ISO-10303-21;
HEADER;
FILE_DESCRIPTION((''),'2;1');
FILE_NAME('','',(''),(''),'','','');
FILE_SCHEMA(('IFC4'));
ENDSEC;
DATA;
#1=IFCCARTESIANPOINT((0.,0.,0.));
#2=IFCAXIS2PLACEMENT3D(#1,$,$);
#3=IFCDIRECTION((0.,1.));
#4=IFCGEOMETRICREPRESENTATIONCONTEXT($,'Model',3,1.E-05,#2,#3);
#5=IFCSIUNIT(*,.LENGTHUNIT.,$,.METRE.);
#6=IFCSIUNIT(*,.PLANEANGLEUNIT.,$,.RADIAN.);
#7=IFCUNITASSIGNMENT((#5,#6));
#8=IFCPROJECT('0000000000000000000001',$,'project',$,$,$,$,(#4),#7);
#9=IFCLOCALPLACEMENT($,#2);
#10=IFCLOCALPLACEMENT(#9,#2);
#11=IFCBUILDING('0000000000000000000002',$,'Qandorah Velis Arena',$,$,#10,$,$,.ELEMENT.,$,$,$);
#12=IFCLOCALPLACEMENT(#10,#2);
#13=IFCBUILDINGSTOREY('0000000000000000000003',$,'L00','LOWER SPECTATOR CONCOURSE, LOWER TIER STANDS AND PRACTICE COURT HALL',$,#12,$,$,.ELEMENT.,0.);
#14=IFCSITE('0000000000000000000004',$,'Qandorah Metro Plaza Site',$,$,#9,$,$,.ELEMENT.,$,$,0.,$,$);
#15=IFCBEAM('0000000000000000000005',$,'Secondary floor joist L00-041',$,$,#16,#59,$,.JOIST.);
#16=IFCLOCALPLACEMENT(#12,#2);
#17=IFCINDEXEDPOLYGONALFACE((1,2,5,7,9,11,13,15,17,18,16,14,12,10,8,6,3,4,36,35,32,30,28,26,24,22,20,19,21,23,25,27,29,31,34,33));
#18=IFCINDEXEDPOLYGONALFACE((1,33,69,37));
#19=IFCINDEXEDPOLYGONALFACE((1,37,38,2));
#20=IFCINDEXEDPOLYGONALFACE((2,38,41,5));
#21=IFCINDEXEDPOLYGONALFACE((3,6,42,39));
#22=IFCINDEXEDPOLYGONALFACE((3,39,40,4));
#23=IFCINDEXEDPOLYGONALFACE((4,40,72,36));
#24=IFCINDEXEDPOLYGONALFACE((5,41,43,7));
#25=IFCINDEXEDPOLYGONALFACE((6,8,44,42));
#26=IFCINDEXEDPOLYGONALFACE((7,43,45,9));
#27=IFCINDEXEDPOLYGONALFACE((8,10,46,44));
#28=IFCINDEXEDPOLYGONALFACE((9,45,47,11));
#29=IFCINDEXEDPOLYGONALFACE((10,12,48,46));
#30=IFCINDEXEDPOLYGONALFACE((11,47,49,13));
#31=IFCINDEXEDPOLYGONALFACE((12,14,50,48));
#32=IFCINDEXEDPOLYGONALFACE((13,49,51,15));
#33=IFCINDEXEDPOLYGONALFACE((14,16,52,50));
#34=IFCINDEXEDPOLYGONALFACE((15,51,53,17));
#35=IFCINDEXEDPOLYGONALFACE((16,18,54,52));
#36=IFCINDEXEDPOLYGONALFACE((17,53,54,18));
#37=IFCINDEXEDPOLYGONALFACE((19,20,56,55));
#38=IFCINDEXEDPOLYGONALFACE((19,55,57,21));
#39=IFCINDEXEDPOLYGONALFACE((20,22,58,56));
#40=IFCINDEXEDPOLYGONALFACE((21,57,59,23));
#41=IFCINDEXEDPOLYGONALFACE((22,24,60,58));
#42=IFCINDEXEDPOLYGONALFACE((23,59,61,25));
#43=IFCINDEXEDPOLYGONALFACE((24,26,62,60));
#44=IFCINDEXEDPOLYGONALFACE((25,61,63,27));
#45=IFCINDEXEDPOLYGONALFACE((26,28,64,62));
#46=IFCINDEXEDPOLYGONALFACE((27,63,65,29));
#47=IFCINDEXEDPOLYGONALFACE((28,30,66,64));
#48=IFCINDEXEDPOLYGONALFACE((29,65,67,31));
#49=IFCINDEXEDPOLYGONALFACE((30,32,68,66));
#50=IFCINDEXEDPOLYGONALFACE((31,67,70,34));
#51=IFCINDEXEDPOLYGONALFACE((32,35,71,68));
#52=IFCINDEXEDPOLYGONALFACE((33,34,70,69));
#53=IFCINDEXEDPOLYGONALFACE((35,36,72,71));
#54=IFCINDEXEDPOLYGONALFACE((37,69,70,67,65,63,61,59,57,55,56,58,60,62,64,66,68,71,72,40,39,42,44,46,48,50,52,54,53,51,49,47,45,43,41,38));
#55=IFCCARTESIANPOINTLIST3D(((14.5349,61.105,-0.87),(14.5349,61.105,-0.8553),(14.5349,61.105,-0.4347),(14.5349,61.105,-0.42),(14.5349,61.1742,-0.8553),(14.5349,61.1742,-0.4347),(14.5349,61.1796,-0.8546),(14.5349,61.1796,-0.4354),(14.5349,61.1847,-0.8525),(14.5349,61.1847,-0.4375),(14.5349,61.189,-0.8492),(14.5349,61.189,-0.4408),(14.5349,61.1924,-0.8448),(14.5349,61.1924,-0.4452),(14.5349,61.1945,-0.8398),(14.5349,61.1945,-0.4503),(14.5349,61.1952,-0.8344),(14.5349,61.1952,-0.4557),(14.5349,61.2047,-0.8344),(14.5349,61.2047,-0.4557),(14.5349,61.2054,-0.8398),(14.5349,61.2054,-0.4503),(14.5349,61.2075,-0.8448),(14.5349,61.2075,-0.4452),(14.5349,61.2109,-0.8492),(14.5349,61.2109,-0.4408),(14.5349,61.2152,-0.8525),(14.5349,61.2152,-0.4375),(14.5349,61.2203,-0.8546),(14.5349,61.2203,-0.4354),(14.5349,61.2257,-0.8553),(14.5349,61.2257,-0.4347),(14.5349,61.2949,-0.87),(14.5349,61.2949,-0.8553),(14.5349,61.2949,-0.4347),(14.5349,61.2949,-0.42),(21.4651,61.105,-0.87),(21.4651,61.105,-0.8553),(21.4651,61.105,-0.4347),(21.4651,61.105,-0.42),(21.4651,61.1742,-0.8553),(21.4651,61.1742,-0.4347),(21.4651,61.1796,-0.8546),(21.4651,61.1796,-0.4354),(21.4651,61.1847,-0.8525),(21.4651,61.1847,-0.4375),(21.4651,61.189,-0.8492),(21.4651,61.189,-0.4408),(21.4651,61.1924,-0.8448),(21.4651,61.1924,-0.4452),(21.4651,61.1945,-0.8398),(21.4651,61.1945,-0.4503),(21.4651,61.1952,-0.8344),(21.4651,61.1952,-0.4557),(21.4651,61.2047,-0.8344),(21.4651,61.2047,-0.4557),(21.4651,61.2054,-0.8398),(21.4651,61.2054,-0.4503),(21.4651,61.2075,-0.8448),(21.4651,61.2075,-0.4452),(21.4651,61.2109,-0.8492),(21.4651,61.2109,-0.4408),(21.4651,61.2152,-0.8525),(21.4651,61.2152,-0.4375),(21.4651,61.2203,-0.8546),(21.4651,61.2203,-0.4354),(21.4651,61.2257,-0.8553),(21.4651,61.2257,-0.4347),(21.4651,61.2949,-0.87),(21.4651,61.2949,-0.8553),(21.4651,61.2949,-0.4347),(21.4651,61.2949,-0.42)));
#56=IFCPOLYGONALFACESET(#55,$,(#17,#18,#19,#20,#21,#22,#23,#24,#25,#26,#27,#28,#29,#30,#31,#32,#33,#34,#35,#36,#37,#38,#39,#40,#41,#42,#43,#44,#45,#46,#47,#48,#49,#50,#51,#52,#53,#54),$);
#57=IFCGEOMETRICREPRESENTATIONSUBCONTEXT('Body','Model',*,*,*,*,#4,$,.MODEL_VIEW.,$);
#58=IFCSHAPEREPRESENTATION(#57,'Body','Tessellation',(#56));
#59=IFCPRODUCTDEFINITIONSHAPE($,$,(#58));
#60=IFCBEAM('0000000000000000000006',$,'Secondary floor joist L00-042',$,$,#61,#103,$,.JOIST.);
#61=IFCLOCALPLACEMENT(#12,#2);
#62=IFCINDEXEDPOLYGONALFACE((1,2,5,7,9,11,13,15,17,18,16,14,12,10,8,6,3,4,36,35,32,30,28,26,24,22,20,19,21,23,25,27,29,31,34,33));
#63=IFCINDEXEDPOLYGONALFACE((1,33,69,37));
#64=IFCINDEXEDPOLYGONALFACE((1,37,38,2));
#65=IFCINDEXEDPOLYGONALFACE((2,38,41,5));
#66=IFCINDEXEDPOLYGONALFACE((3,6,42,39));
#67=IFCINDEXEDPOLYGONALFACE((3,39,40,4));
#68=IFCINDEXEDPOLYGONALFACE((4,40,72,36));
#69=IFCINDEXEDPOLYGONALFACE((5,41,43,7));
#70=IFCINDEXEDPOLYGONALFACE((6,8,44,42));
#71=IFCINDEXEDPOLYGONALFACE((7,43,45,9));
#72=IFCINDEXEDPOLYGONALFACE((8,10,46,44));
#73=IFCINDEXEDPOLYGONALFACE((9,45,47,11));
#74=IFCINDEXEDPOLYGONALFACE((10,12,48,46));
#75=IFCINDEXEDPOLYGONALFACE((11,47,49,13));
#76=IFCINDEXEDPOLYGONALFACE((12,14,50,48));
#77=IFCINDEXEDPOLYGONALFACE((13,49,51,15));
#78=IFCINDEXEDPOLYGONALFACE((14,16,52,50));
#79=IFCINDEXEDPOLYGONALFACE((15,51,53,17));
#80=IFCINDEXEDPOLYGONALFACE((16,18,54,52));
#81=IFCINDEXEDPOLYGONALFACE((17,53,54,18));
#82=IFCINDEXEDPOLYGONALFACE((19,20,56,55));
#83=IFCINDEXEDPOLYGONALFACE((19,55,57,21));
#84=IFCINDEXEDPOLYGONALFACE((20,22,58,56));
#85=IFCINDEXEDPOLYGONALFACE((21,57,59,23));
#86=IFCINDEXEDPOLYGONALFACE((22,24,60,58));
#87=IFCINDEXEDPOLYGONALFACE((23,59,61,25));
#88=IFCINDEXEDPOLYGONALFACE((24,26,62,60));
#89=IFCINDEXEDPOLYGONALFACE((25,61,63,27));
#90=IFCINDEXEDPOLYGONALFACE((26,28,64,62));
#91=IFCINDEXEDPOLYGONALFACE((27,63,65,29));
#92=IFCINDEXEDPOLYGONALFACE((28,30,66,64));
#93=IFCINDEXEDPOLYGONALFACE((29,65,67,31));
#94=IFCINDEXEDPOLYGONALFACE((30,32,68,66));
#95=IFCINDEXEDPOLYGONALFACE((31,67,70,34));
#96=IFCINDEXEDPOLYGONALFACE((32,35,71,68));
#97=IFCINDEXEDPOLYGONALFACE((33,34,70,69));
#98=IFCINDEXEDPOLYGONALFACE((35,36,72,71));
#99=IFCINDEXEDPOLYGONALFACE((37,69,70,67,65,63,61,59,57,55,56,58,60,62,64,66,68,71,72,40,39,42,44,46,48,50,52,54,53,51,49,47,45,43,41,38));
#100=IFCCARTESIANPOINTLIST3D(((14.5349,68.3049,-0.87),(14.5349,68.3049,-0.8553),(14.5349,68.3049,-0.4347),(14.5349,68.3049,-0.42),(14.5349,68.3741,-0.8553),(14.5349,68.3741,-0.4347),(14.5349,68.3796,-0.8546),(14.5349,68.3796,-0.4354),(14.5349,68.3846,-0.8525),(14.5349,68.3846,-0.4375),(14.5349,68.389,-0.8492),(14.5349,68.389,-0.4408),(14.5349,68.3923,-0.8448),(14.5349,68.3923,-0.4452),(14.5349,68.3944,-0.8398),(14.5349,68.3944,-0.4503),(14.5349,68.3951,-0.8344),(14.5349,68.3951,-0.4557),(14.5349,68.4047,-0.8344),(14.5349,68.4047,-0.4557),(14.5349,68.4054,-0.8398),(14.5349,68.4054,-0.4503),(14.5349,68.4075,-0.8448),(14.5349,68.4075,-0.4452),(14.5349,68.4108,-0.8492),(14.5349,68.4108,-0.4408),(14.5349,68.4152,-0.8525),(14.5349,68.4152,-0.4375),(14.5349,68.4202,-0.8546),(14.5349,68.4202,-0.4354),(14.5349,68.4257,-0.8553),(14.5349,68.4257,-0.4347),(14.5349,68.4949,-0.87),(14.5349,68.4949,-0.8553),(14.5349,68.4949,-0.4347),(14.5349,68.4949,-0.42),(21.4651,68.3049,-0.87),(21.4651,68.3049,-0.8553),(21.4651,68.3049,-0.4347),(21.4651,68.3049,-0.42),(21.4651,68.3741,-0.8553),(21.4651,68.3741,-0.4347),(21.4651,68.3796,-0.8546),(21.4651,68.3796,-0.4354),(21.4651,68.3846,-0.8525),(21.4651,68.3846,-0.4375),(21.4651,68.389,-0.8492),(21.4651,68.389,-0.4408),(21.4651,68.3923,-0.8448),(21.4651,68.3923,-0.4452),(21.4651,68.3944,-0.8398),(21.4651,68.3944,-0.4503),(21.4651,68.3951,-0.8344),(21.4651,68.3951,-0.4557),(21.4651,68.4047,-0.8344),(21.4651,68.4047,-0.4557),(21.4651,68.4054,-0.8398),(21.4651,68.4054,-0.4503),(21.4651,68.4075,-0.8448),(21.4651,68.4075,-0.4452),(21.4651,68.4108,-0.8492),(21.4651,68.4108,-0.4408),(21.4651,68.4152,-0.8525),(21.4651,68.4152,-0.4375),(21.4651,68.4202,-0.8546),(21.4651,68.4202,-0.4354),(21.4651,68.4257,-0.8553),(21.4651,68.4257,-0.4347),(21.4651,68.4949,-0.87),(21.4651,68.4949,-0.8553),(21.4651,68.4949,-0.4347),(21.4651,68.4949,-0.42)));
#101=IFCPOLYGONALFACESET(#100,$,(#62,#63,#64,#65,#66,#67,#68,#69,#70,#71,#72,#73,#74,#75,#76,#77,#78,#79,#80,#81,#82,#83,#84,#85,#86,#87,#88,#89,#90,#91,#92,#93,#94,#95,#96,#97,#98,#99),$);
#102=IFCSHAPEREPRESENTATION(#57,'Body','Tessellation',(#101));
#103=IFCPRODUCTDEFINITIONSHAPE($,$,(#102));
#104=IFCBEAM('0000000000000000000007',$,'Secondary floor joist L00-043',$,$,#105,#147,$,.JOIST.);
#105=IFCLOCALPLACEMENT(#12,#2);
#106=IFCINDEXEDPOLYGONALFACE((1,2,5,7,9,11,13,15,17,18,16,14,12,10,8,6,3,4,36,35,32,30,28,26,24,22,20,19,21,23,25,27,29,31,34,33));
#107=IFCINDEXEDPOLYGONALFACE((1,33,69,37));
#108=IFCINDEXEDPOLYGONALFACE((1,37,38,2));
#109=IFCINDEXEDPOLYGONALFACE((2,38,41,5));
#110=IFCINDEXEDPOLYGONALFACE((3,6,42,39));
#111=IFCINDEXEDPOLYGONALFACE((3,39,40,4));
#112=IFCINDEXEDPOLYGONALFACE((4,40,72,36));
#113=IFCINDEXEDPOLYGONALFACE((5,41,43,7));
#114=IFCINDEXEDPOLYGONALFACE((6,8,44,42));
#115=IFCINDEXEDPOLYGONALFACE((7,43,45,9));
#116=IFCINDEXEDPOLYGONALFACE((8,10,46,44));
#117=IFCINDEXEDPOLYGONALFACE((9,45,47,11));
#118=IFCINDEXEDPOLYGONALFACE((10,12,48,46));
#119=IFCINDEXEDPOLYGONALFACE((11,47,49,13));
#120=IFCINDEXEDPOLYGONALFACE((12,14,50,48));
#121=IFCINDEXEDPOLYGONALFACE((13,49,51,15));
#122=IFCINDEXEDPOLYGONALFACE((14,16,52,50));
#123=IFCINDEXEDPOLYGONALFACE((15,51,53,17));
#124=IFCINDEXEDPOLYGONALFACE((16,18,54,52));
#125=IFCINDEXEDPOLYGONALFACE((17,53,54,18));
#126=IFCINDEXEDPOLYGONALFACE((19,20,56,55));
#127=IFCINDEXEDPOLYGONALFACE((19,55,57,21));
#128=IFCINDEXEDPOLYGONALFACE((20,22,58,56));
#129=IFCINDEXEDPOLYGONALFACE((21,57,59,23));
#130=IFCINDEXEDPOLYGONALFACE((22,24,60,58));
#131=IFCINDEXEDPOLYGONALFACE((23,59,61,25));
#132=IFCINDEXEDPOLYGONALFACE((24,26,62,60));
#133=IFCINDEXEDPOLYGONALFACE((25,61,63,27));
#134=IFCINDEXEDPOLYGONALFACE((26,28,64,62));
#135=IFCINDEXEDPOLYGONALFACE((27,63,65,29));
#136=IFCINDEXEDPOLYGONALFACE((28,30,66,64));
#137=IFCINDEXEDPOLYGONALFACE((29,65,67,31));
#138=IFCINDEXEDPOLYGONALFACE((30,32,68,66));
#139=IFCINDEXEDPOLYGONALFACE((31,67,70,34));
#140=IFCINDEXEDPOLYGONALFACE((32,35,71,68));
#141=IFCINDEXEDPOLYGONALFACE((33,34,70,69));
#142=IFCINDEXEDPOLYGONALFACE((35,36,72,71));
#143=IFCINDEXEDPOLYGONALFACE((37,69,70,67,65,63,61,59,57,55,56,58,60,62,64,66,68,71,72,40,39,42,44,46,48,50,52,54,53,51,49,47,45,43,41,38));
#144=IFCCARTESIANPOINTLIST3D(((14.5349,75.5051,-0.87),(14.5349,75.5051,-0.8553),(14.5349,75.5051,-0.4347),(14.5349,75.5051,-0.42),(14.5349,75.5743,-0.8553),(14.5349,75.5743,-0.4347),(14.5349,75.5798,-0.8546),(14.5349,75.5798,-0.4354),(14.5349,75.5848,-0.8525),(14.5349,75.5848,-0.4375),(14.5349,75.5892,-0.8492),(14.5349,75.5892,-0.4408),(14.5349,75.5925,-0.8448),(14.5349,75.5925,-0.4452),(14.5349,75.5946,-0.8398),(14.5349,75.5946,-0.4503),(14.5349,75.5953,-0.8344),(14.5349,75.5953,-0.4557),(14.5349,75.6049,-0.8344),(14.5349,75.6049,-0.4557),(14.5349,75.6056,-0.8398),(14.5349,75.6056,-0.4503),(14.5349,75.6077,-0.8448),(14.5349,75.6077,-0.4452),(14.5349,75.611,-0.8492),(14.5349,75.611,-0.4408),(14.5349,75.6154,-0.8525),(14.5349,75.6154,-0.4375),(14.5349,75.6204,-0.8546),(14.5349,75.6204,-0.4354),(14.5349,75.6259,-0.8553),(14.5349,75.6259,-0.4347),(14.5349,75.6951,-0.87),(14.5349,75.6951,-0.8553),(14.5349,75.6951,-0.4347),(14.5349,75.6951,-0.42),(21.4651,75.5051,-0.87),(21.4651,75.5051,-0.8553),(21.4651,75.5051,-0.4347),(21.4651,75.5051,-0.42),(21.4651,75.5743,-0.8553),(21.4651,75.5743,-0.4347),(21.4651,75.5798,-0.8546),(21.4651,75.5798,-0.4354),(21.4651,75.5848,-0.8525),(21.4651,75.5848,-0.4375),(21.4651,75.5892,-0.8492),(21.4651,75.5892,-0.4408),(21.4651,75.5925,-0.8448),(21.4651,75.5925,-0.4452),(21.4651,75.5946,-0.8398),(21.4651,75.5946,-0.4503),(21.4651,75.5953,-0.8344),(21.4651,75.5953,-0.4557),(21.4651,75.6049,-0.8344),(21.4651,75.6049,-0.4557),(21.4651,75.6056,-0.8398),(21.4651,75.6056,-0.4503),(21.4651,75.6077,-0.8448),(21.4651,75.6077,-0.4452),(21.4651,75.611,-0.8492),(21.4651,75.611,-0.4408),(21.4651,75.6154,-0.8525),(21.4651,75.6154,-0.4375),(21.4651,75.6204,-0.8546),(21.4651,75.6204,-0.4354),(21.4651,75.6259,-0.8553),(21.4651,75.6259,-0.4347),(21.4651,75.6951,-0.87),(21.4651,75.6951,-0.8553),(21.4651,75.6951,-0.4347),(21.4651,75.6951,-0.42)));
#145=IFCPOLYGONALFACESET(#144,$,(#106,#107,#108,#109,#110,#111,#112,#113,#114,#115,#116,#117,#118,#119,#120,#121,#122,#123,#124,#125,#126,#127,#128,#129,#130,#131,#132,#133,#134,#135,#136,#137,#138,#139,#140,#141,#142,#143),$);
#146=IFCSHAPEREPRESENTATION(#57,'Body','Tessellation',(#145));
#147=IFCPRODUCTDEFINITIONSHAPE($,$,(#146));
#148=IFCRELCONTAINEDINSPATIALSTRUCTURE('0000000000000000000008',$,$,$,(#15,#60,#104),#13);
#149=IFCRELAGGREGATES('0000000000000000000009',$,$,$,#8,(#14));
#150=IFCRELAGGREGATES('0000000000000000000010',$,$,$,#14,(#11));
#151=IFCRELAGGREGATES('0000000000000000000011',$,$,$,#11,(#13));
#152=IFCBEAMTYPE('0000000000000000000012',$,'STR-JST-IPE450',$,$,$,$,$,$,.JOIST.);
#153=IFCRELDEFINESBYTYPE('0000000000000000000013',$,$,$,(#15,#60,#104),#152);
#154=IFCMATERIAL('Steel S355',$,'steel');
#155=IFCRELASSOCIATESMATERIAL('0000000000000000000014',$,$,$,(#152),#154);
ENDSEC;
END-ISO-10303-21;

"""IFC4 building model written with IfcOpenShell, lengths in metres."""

from ifc_helpers import new_model, si_unit, direction, frame, origin, origin_2d, place, context, subcontext, project, spatial, i_section, extrude, material, material_profile, profile_set, type_object, element, save


model = new_model("IFC4")

# Units and contexts
model_context = context("Model", 3, precision=1e-05, world=origin(), true_north=direction((0.0, 1.0)))
body_context = subcontext(model_context, "Body", "Model", "MODEL_VIEW")
ifc_project = project(units=[si_unit("LENGTHUNIT", "METRE"), si_unit("PLANEANGLEUNIT", "RADIAN")], contexts=[model_context])

# Site, building, storey
site_placement = place(None, origin())
site = spatial("IfcSite", under=ifc_project, at=site_placement, Name="Qandorah Metro Plaza Site", CompositionType="ELEMENT", RefElevation=0.0)
building_placement = place(site_placement, origin())
building = spatial("IfcBuilding", under=site, at=building_placement, Name="Qandorah Velis Arena", CompositionType="ELEMENT")
storey_placement = place(building_placement, origin())
storey = spatial("IfcBuildingStorey", under=building, at=storey_placement, Name="L00", Description="LOWER SPECTATOR CONCOURSE, LOWER TIER STANDS AND PRACTICE COURT HALL", CompositionType="ELEMENT", Elevation=0.0)

# Beams
ifc_material_1 = material(Name="Steel S355", Category="steel")
ifc_material_profile_1 = material_profile(ifc_material_1, i_section(OverallWidth=0.1899, OverallDepth=0.45, WebThickness=0.0095, FlangeThickness=0.0146, FilletRadius=0.021, at=origin_2d()), Name="IPE 450")
ifc_profile_set_1 = profile_set([ifc_material_profile_1], Name="Steel S355")
beam_type_1 = type_object("IfcBeamType", Name="STR-JST-IPE450", PredefinedType="JOIST", material=ifc_profile_set_1)
for number, where, z_axis, x_axis, name in (
    (1, (14.5349, 61.2, -0.645), (1.0, 0.0, 0.0), (0.0, 1.0, 0.0), "Secondary floor joist L00-041"),
    (2, (14.5349, 68.3999, -0.645), (1.0, 0.0, 0.0), (0.0, 1.0, 0.0), "Secondary floor joist L00-042"),
    (3, (14.5349, 75.6001, -0.645), (1.0, 0.0, 0.0), (0.0, 1.0, 0.0), "Secondary floor joist L00-043"),
):
    element("IfcBeam", number, at=place(storey_placement, frame(where, z_axis=z_axis, x_axis=x_axis)), inside=storey, type_object=beam_type_1, Name=name, PredefinedType="JOIST", context=body_context, shape_type="SweptSolid", body=[
        extrude(i_section(OverallWidth=0.1899, OverallDepth=0.45, WebThickness=0.0095, FlangeThickness=0.0146, FilletRadius=0.021, at=origin_2d()), origin(), (0.0, 0.0, 1.0), 6.9302),
    ])

save(model, "model.ifc")
